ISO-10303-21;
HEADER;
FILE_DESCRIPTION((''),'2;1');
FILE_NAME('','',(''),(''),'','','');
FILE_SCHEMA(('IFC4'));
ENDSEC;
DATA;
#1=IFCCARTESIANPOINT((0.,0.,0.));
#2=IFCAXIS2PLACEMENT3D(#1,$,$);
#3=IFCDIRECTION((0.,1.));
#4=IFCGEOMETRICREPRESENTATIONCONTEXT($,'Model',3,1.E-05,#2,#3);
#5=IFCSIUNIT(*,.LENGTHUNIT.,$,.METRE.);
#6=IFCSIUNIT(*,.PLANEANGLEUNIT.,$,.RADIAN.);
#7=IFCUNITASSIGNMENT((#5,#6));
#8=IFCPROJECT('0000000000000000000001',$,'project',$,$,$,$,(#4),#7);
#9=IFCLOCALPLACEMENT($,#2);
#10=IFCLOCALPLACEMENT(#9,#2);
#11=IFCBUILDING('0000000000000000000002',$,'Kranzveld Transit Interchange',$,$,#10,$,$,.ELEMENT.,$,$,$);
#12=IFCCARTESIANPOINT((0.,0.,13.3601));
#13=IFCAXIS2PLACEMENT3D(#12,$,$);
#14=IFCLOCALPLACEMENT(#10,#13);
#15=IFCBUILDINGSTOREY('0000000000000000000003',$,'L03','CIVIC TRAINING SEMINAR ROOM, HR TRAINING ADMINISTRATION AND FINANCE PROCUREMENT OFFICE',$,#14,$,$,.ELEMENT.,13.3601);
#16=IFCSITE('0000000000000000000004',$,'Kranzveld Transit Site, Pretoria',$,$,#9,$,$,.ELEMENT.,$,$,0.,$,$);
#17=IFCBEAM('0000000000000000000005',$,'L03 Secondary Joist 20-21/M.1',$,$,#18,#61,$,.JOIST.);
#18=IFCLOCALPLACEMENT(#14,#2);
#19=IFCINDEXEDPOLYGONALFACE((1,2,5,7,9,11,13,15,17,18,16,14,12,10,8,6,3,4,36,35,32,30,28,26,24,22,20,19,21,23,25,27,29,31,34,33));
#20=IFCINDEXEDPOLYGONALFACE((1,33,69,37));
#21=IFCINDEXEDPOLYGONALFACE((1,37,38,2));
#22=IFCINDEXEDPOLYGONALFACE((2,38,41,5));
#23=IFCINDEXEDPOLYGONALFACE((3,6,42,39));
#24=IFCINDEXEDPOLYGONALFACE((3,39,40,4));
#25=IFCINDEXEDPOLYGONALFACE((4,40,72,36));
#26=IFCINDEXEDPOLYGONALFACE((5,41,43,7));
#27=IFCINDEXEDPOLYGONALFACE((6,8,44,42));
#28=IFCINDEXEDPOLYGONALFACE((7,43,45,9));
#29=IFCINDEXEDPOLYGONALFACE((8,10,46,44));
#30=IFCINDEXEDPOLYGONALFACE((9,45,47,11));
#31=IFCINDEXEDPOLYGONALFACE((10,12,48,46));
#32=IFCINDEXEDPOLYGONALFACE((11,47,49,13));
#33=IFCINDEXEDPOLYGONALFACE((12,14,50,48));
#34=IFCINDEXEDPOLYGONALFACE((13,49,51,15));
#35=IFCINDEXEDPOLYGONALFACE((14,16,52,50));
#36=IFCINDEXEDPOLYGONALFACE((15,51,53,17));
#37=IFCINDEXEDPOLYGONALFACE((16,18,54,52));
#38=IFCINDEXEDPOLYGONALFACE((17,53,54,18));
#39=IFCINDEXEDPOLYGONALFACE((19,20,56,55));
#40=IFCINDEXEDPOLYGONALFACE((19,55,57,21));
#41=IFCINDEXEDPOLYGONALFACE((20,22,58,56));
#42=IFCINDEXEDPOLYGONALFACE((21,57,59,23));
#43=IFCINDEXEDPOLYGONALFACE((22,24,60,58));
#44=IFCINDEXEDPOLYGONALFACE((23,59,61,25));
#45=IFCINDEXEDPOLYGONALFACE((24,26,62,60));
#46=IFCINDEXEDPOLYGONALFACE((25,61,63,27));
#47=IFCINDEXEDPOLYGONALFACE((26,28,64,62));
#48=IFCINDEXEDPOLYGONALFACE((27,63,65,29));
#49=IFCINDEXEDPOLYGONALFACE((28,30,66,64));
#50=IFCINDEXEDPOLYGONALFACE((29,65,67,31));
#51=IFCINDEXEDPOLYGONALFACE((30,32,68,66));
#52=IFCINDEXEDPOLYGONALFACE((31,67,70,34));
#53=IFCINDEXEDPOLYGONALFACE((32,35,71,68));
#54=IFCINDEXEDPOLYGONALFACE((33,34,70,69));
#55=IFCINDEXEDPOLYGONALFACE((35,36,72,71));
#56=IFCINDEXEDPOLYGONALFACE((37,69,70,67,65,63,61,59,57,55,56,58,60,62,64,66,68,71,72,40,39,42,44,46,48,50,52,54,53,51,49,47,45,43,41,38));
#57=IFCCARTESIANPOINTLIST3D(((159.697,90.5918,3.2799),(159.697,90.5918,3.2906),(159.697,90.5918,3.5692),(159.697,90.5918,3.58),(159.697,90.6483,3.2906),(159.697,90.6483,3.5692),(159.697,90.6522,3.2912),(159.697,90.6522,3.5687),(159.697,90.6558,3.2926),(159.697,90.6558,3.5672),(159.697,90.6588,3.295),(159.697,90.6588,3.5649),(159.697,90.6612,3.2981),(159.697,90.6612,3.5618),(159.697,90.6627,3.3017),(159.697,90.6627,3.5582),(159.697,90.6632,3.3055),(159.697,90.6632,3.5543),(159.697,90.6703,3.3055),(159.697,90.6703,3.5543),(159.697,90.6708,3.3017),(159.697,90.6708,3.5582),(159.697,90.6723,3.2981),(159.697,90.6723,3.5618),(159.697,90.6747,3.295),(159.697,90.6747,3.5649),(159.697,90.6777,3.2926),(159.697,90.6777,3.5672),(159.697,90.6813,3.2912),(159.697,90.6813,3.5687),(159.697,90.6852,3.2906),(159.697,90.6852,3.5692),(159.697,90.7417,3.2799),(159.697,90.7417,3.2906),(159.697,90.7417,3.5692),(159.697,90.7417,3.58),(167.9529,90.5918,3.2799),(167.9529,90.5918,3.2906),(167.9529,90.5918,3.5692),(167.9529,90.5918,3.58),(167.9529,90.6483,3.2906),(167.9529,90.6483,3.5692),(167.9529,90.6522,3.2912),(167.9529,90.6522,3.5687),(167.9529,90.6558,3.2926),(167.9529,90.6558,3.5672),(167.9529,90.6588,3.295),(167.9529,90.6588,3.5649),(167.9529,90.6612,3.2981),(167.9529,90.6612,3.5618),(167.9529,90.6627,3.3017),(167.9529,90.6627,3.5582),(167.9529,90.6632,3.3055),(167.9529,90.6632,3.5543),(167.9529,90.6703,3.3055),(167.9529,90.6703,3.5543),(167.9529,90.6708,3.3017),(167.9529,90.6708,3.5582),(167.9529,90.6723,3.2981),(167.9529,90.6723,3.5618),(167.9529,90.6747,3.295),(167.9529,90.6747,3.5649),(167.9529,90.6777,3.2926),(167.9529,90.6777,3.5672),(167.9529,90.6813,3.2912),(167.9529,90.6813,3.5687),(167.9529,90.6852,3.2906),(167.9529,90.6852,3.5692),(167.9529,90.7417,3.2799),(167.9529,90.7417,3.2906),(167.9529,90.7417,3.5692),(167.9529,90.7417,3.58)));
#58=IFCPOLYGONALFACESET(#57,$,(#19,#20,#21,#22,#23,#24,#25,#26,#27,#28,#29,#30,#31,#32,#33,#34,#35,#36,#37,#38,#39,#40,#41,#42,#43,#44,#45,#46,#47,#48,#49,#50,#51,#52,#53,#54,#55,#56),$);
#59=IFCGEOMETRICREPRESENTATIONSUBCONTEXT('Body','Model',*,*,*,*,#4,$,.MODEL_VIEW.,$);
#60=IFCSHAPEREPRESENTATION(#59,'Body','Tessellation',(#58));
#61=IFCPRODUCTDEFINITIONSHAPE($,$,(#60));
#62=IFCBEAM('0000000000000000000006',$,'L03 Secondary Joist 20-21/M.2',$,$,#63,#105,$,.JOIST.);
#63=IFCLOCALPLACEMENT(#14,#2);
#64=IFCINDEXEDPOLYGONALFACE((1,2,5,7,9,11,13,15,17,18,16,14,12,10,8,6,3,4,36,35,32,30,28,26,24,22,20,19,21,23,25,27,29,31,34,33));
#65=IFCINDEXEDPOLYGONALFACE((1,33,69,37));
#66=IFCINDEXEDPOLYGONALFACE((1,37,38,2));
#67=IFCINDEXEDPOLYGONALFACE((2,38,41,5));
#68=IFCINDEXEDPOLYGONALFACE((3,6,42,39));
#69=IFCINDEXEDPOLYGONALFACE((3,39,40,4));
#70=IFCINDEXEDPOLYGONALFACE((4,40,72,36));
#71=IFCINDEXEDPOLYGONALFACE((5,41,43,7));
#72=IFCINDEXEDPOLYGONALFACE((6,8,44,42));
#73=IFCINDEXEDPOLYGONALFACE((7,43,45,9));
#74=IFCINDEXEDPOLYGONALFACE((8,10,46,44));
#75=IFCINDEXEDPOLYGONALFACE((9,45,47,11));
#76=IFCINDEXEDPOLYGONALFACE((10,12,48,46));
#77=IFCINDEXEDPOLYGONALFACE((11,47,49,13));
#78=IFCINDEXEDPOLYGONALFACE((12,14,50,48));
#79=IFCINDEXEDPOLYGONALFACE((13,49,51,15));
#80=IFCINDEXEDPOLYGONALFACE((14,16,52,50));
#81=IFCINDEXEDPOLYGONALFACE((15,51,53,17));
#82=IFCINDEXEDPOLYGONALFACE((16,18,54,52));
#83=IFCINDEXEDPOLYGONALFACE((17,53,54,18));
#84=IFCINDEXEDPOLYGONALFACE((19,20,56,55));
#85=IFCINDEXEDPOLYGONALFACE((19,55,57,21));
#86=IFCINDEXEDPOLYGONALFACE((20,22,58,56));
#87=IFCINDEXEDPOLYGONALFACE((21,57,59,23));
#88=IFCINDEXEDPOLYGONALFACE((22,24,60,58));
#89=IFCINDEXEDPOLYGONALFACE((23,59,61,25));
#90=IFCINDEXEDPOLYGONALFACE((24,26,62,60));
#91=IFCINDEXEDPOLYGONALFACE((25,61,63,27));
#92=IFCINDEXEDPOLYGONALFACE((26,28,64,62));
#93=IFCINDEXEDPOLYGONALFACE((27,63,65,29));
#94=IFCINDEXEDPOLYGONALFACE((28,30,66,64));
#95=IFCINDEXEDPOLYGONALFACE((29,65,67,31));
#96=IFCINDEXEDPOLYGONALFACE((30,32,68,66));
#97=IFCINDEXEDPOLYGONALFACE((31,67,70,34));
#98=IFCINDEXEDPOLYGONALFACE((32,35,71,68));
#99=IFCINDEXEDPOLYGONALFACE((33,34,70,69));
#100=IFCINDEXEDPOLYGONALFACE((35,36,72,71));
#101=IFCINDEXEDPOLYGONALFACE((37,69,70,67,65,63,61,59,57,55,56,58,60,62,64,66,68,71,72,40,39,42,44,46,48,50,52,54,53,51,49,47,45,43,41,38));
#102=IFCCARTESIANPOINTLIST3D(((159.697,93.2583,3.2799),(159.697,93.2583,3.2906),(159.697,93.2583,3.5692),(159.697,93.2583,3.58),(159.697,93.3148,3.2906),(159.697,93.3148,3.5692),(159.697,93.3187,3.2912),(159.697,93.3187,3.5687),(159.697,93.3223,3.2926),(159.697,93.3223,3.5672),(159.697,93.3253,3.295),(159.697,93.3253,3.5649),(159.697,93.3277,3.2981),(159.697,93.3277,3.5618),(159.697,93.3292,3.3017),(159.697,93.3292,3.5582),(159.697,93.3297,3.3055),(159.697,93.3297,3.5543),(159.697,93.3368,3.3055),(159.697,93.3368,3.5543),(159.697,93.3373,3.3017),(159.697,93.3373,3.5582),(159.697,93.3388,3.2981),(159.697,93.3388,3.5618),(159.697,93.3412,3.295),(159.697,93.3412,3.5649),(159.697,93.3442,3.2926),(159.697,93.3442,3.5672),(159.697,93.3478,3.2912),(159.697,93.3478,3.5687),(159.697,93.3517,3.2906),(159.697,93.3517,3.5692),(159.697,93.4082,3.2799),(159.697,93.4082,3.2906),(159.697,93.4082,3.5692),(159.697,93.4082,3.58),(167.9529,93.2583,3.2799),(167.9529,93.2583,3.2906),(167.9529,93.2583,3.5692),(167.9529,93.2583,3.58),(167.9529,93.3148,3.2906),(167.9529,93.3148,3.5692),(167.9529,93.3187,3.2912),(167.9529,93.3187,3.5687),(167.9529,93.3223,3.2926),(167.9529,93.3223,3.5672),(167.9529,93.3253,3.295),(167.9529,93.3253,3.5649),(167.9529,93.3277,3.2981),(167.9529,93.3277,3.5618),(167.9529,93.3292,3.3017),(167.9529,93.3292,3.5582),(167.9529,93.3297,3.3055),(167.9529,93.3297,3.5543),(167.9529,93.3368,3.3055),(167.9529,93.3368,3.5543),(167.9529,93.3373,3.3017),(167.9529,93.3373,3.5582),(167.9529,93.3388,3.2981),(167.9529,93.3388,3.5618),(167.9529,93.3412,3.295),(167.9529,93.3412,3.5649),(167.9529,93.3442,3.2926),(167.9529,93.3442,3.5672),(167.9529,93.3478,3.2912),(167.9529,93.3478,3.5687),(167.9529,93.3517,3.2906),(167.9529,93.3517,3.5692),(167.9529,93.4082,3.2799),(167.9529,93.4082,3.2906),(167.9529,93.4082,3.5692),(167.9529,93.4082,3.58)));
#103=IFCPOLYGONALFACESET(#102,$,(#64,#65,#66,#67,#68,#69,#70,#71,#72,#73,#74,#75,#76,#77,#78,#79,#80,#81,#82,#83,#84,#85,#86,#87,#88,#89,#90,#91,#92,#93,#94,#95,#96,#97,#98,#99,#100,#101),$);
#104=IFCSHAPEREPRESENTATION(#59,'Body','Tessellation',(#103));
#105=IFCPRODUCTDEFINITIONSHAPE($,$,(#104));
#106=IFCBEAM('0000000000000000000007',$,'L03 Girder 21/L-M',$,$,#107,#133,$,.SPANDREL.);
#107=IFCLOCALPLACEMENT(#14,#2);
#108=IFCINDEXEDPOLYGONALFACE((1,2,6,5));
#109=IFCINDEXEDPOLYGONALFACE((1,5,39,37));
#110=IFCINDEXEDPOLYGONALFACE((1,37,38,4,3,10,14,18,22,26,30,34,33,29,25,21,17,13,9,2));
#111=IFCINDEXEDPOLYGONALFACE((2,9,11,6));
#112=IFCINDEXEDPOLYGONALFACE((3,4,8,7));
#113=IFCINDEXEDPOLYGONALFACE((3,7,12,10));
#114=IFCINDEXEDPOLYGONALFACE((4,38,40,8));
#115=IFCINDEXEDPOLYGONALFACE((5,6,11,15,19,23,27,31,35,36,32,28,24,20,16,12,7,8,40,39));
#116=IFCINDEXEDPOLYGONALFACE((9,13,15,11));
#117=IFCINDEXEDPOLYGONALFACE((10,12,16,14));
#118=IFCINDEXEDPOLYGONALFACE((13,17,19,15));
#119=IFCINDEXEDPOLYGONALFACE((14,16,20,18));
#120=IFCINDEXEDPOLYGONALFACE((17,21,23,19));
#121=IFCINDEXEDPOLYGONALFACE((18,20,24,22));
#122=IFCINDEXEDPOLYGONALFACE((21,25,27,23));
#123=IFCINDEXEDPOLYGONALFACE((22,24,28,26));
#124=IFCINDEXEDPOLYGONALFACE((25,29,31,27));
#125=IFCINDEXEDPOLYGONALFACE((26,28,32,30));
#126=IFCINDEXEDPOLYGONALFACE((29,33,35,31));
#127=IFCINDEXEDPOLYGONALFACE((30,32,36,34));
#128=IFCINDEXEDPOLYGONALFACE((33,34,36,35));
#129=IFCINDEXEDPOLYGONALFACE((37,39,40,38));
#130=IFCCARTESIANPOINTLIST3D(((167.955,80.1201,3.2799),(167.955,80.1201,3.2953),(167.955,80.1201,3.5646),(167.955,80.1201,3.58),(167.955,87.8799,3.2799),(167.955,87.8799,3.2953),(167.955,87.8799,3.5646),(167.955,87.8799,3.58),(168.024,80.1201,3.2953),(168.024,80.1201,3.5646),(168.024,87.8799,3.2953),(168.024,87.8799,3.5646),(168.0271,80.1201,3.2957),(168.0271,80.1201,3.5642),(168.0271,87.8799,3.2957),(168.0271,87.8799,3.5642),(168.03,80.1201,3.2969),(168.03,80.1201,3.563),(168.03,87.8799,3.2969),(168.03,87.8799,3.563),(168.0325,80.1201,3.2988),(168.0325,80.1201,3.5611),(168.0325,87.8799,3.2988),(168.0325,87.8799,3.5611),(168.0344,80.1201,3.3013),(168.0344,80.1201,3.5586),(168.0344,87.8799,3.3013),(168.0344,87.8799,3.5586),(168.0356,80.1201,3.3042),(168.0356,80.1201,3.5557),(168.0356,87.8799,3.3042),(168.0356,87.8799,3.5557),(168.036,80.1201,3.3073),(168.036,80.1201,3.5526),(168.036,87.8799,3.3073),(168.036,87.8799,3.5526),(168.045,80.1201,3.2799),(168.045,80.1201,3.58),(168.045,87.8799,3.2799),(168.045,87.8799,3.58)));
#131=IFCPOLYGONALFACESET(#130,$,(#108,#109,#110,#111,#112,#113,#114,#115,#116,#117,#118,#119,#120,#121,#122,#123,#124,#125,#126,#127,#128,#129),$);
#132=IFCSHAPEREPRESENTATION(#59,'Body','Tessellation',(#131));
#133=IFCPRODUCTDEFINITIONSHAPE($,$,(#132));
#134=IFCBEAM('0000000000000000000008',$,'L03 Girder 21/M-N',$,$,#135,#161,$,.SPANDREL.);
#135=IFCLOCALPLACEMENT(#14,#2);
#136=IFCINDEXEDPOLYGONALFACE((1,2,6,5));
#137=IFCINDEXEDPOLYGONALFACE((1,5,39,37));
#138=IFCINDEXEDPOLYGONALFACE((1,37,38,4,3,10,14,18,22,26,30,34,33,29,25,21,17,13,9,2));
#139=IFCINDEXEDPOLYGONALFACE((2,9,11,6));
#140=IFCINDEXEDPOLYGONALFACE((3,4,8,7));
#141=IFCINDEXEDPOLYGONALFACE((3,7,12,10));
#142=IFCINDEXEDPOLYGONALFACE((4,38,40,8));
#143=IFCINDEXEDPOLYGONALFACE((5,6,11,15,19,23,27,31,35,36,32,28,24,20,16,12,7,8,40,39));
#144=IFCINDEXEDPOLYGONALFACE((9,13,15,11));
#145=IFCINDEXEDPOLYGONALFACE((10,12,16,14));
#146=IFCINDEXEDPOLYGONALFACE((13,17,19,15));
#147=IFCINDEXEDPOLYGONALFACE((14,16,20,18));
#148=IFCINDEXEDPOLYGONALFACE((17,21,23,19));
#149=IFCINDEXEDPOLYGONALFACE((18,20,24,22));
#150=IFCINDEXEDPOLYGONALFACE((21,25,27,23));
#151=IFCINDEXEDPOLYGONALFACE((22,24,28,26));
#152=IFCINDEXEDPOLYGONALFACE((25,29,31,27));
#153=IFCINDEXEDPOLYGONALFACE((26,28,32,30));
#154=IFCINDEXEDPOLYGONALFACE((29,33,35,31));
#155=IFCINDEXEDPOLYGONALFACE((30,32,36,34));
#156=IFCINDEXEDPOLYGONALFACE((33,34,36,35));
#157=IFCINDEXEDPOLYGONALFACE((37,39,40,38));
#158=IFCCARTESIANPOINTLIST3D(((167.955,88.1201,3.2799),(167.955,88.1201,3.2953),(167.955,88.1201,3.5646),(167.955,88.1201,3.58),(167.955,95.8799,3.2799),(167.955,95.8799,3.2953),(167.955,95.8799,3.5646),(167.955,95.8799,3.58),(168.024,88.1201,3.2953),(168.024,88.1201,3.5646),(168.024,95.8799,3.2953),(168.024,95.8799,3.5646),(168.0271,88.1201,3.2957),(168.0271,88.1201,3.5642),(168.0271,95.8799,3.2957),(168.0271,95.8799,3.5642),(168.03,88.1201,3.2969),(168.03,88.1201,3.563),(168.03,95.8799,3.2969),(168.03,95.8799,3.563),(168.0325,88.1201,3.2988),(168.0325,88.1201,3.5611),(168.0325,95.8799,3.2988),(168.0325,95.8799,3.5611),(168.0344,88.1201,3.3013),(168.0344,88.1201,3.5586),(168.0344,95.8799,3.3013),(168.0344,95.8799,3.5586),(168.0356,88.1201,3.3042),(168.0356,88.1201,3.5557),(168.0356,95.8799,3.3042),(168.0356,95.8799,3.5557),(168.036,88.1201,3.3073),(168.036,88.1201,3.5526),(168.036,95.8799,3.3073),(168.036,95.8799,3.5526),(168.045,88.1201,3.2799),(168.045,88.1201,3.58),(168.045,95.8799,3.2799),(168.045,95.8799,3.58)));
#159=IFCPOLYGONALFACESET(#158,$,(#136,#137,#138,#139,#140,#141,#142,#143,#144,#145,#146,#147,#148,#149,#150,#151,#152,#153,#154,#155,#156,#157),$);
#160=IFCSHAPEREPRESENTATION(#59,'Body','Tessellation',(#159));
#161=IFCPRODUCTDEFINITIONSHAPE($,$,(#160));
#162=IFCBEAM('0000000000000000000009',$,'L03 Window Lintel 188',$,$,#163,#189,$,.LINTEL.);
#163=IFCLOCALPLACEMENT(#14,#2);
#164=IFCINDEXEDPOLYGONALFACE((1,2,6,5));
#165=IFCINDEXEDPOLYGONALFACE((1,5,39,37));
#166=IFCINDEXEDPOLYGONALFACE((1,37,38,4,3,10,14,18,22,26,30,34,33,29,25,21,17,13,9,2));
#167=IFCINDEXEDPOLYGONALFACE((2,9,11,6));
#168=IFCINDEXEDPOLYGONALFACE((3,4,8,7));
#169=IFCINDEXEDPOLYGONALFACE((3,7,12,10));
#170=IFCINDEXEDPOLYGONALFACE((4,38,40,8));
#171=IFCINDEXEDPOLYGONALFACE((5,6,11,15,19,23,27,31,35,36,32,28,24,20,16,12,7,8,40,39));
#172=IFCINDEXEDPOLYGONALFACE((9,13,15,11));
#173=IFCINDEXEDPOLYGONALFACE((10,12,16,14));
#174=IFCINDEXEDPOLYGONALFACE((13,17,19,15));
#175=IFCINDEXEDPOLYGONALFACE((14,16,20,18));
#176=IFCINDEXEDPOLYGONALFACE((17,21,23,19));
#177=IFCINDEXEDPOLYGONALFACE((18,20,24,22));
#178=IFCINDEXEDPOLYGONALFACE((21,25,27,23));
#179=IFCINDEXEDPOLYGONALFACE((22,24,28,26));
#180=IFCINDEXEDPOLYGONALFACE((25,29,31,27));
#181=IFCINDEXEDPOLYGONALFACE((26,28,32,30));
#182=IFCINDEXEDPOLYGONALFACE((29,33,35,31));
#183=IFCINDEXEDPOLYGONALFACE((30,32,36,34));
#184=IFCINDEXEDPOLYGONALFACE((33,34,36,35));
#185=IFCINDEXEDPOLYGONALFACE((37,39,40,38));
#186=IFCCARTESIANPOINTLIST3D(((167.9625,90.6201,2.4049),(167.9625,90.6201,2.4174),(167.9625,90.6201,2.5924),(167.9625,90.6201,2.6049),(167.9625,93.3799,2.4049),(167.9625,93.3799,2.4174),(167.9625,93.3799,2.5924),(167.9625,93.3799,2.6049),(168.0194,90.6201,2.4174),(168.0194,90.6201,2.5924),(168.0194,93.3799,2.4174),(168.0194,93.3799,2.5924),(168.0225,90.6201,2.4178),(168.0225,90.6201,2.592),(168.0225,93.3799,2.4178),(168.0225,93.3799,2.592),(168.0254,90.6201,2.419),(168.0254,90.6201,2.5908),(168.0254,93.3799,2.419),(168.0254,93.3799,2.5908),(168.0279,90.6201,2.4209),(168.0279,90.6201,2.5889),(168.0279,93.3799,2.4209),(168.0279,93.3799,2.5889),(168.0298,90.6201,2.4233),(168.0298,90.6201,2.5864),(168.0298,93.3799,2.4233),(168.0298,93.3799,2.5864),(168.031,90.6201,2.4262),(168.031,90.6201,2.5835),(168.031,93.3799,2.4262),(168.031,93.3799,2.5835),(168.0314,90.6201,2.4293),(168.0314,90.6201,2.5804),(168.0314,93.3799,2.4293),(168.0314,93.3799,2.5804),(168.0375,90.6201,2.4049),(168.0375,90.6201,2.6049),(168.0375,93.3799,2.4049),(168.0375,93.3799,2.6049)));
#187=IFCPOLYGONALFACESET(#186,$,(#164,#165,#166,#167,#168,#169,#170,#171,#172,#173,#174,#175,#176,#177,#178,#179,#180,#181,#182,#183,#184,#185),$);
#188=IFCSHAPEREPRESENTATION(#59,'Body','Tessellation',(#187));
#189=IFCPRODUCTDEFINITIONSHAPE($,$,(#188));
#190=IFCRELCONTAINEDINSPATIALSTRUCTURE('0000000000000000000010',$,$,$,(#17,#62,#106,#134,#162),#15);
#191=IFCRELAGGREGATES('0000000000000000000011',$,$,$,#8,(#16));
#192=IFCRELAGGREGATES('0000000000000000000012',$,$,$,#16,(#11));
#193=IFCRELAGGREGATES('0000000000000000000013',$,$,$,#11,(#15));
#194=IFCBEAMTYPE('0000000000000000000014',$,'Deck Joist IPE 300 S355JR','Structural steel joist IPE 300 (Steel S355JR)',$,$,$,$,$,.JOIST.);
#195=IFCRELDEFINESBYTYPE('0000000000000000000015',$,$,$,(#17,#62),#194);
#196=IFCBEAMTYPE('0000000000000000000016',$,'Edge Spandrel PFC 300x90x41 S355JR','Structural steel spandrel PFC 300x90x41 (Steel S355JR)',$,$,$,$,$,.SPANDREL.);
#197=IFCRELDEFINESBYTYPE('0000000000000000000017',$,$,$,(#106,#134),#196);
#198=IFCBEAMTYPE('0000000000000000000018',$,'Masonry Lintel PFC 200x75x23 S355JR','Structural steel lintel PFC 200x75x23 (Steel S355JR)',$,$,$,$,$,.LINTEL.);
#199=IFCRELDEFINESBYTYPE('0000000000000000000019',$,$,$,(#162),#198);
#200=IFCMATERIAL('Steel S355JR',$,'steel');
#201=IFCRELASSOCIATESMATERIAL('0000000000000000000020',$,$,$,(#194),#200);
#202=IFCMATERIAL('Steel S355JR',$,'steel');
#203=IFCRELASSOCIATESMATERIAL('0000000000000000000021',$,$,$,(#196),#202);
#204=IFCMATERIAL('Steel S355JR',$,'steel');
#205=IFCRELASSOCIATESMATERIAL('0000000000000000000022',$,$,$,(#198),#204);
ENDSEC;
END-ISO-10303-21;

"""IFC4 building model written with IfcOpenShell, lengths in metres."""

from ifc_helpers import new_model, si_unit, direction, frame, origin, origin_2d, place, context, subcontext, project, spatial, i_section, u_section, extrude, material, material_profile, profile_set, type_object, element, save


model = new_model("IFC4")

# Units and contexts
model_context = context("Model", 3, precision=1e-05, world=origin(), true_north=direction((0.0, 1.0)))
body_context = subcontext(model_context, "Body", "Model", "MODEL_VIEW")
ifc_project = project(units=[si_unit("LENGTHUNIT", "METRE"), si_unit("PLANEANGLEUNIT", "RADIAN")], contexts=[model_context])

# Site, building, storey
site_placement = place(None, origin())
site = spatial("IfcSite", under=ifc_project, at=site_placement, Name="Kranzveld Transit Site, Pretoria", CompositionType="ELEMENT", RefElevation=0.0)
building_placement = place(site_placement, origin())
building = spatial("IfcBuilding", under=site, at=building_placement, Name="Kranzveld Transit Interchange", CompositionType="ELEMENT")
storey_placement = place(building_placement, frame((0.0, 0.0, 13.3601)))
storey = spatial("IfcBuildingStorey", under=building, at=storey_placement, Name="L03", Description="CIVIC TRAINING SEMINAR ROOM, HR TRAINING ADMINISTRATION AND FINANCE PROCUREMENT OFFICE", CompositionType="ELEMENT", Elevation=13.3601)

# Beams
ifc_material_1 = material(Name="Steel S355JR", Category="steel")
ifc_material_profile_1 = material_profile(ifc_material_1, i_section(OverallWidth=0.1499, OverallDepth=0.3, WebThickness=0.0071, FlangeThickness=0.0107, FilletRadius=0.0149, at=origin_2d()), Name="IPE 300")
ifc_profile_set_1 = profile_set([ifc_material_profile_1], Name="Steel S355JR")
beam_type_1 = type_object("IfcBeamType", Name="Deck Joist IPE 300 S355JR", Description="Structural steel joist IPE 300 (Steel S355JR)", PredefinedType="JOIST", material=ifc_profile_set_1)
for number, where, z_axis, x_axis, name in (
    (1, (159.697, 90.6667, 3.4299), (1.0, 0.0, 0.0), (0.0, 1.0, 0.0), "L03 Secondary Joist 20-21/M.1"),
    (2, (159.697, 93.3333, 3.4299), (1.0, 0.0, 0.0), (0.0, 1.0, 0.0), "L03 Secondary Joist 20-21/M.2"),
):
    element("IfcBeam", number, at=place(storey_placement, frame(where, z_axis=z_axis, x_axis=x_axis)), inside=storey, type_object=beam_type_1, Name=name, PredefinedType="JOIST", context=body_context, shape_type="SweptSolid", body=[
        extrude(i_section(OverallWidth=0.1499, OverallDepth=0.3, WebThickness=0.0071, FlangeThickness=0.0107, FilletRadius=0.0149, at=origin_2d()), origin(), (0.0, 0.0, 1.0), 8.2559),
    ])
ifc_material_2 = material(Name="Steel S355JR", Category="steel")
ifc_material_profile_2 = material_profile(ifc_material_2, u_section(Depth=0.3, FlangeWidth=0.0901, WebThickness=0.009, FlangeThickness=0.0154, FilletRadius=0.012, at=origin_2d()), Name="PFC 300x90x41")
ifc_profile_set_2 = profile_set([ifc_material_profile_2], Name="Steel S355JR")
beam_type_2 = type_object("IfcBeamType", Name="Edge Spandrel PFC 300x90x41 S355JR", Description="Structural steel spandrel PFC 300x90x41 (Steel S355JR)", PredefinedType="SPANDREL", material=ifc_profile_set_2)
for number, where, z_axis, x_axis, name in (
    (3, (168.0, 80.1201, 3.4299), (0.0, 1.0, 0.0), (-1.0, 0.0, 0.0), "L03 Girder 21/L-M"),
    (4, (168.0, 88.1201, 3.4299), (0.0, 1.0, 0.0), (-1.0, 0.0, 0.0), "L03 Girder 21/M-N"),
):
    element("IfcBeam", number, at=place(storey_placement, frame(where, z_axis=z_axis, x_axis=x_axis)), inside=storey, type_object=beam_type_2, Name=name, PredefinedType="SPANDREL", context=body_context, shape_type="SweptSolid", body=[
        extrude(u_section(Depth=0.3, FlangeWidth=0.0901, WebThickness=0.009, FlangeThickness=0.0154, FilletRadius=0.012, at=origin_2d()), origin(), (0.0, 0.0, 1.0), 7.7598),
    ])
ifc_material_3 = material(Name="Steel S355JR", Category="steel")
ifc_material_profile_3 = material_profile(ifc_material_3, u_section(Depth=0.2, FlangeWidth=0.075, WebThickness=0.0061, FlangeThickness=0.0125, FilletRadius=0.012, at=origin_2d()), Name="PFC 200x75x23")
ifc_profile_set_3 = profile_set([ifc_material_profile_3], Name="Steel S355JR")
beam_type_3 = type_object("IfcBeamType", Name="Masonry Lintel PFC 200x75x23 S355JR", Description="Structural steel lintel PFC 200x75x23 (Steel S355JR)", PredefinedType="LINTEL", material=ifc_profile_set_3)
beam_1_placement = place(storey_placement, frame((168.0, 90.6201, 2.5049), z_axis=(0.0, 1.0, 0.0), x_axis=(-1.0, 0.0, 0.0)))
element("IfcBeam", 5, at=beam_1_placement, inside=storey, type_object=beam_type_3, Name="L03 Window Lintel 188", PredefinedType="LINTEL", context=body_context, shape_type="SweptSolid", body=[
    extrude(u_section(Depth=0.2, FlangeWidth=0.075, WebThickness=0.0061, FlangeThickness=0.0125, FilletRadius=0.012, at=origin_2d()), origin(), (0.0, 0.0, 1.0), 2.7598),
])

save(model, "model.ifc")
